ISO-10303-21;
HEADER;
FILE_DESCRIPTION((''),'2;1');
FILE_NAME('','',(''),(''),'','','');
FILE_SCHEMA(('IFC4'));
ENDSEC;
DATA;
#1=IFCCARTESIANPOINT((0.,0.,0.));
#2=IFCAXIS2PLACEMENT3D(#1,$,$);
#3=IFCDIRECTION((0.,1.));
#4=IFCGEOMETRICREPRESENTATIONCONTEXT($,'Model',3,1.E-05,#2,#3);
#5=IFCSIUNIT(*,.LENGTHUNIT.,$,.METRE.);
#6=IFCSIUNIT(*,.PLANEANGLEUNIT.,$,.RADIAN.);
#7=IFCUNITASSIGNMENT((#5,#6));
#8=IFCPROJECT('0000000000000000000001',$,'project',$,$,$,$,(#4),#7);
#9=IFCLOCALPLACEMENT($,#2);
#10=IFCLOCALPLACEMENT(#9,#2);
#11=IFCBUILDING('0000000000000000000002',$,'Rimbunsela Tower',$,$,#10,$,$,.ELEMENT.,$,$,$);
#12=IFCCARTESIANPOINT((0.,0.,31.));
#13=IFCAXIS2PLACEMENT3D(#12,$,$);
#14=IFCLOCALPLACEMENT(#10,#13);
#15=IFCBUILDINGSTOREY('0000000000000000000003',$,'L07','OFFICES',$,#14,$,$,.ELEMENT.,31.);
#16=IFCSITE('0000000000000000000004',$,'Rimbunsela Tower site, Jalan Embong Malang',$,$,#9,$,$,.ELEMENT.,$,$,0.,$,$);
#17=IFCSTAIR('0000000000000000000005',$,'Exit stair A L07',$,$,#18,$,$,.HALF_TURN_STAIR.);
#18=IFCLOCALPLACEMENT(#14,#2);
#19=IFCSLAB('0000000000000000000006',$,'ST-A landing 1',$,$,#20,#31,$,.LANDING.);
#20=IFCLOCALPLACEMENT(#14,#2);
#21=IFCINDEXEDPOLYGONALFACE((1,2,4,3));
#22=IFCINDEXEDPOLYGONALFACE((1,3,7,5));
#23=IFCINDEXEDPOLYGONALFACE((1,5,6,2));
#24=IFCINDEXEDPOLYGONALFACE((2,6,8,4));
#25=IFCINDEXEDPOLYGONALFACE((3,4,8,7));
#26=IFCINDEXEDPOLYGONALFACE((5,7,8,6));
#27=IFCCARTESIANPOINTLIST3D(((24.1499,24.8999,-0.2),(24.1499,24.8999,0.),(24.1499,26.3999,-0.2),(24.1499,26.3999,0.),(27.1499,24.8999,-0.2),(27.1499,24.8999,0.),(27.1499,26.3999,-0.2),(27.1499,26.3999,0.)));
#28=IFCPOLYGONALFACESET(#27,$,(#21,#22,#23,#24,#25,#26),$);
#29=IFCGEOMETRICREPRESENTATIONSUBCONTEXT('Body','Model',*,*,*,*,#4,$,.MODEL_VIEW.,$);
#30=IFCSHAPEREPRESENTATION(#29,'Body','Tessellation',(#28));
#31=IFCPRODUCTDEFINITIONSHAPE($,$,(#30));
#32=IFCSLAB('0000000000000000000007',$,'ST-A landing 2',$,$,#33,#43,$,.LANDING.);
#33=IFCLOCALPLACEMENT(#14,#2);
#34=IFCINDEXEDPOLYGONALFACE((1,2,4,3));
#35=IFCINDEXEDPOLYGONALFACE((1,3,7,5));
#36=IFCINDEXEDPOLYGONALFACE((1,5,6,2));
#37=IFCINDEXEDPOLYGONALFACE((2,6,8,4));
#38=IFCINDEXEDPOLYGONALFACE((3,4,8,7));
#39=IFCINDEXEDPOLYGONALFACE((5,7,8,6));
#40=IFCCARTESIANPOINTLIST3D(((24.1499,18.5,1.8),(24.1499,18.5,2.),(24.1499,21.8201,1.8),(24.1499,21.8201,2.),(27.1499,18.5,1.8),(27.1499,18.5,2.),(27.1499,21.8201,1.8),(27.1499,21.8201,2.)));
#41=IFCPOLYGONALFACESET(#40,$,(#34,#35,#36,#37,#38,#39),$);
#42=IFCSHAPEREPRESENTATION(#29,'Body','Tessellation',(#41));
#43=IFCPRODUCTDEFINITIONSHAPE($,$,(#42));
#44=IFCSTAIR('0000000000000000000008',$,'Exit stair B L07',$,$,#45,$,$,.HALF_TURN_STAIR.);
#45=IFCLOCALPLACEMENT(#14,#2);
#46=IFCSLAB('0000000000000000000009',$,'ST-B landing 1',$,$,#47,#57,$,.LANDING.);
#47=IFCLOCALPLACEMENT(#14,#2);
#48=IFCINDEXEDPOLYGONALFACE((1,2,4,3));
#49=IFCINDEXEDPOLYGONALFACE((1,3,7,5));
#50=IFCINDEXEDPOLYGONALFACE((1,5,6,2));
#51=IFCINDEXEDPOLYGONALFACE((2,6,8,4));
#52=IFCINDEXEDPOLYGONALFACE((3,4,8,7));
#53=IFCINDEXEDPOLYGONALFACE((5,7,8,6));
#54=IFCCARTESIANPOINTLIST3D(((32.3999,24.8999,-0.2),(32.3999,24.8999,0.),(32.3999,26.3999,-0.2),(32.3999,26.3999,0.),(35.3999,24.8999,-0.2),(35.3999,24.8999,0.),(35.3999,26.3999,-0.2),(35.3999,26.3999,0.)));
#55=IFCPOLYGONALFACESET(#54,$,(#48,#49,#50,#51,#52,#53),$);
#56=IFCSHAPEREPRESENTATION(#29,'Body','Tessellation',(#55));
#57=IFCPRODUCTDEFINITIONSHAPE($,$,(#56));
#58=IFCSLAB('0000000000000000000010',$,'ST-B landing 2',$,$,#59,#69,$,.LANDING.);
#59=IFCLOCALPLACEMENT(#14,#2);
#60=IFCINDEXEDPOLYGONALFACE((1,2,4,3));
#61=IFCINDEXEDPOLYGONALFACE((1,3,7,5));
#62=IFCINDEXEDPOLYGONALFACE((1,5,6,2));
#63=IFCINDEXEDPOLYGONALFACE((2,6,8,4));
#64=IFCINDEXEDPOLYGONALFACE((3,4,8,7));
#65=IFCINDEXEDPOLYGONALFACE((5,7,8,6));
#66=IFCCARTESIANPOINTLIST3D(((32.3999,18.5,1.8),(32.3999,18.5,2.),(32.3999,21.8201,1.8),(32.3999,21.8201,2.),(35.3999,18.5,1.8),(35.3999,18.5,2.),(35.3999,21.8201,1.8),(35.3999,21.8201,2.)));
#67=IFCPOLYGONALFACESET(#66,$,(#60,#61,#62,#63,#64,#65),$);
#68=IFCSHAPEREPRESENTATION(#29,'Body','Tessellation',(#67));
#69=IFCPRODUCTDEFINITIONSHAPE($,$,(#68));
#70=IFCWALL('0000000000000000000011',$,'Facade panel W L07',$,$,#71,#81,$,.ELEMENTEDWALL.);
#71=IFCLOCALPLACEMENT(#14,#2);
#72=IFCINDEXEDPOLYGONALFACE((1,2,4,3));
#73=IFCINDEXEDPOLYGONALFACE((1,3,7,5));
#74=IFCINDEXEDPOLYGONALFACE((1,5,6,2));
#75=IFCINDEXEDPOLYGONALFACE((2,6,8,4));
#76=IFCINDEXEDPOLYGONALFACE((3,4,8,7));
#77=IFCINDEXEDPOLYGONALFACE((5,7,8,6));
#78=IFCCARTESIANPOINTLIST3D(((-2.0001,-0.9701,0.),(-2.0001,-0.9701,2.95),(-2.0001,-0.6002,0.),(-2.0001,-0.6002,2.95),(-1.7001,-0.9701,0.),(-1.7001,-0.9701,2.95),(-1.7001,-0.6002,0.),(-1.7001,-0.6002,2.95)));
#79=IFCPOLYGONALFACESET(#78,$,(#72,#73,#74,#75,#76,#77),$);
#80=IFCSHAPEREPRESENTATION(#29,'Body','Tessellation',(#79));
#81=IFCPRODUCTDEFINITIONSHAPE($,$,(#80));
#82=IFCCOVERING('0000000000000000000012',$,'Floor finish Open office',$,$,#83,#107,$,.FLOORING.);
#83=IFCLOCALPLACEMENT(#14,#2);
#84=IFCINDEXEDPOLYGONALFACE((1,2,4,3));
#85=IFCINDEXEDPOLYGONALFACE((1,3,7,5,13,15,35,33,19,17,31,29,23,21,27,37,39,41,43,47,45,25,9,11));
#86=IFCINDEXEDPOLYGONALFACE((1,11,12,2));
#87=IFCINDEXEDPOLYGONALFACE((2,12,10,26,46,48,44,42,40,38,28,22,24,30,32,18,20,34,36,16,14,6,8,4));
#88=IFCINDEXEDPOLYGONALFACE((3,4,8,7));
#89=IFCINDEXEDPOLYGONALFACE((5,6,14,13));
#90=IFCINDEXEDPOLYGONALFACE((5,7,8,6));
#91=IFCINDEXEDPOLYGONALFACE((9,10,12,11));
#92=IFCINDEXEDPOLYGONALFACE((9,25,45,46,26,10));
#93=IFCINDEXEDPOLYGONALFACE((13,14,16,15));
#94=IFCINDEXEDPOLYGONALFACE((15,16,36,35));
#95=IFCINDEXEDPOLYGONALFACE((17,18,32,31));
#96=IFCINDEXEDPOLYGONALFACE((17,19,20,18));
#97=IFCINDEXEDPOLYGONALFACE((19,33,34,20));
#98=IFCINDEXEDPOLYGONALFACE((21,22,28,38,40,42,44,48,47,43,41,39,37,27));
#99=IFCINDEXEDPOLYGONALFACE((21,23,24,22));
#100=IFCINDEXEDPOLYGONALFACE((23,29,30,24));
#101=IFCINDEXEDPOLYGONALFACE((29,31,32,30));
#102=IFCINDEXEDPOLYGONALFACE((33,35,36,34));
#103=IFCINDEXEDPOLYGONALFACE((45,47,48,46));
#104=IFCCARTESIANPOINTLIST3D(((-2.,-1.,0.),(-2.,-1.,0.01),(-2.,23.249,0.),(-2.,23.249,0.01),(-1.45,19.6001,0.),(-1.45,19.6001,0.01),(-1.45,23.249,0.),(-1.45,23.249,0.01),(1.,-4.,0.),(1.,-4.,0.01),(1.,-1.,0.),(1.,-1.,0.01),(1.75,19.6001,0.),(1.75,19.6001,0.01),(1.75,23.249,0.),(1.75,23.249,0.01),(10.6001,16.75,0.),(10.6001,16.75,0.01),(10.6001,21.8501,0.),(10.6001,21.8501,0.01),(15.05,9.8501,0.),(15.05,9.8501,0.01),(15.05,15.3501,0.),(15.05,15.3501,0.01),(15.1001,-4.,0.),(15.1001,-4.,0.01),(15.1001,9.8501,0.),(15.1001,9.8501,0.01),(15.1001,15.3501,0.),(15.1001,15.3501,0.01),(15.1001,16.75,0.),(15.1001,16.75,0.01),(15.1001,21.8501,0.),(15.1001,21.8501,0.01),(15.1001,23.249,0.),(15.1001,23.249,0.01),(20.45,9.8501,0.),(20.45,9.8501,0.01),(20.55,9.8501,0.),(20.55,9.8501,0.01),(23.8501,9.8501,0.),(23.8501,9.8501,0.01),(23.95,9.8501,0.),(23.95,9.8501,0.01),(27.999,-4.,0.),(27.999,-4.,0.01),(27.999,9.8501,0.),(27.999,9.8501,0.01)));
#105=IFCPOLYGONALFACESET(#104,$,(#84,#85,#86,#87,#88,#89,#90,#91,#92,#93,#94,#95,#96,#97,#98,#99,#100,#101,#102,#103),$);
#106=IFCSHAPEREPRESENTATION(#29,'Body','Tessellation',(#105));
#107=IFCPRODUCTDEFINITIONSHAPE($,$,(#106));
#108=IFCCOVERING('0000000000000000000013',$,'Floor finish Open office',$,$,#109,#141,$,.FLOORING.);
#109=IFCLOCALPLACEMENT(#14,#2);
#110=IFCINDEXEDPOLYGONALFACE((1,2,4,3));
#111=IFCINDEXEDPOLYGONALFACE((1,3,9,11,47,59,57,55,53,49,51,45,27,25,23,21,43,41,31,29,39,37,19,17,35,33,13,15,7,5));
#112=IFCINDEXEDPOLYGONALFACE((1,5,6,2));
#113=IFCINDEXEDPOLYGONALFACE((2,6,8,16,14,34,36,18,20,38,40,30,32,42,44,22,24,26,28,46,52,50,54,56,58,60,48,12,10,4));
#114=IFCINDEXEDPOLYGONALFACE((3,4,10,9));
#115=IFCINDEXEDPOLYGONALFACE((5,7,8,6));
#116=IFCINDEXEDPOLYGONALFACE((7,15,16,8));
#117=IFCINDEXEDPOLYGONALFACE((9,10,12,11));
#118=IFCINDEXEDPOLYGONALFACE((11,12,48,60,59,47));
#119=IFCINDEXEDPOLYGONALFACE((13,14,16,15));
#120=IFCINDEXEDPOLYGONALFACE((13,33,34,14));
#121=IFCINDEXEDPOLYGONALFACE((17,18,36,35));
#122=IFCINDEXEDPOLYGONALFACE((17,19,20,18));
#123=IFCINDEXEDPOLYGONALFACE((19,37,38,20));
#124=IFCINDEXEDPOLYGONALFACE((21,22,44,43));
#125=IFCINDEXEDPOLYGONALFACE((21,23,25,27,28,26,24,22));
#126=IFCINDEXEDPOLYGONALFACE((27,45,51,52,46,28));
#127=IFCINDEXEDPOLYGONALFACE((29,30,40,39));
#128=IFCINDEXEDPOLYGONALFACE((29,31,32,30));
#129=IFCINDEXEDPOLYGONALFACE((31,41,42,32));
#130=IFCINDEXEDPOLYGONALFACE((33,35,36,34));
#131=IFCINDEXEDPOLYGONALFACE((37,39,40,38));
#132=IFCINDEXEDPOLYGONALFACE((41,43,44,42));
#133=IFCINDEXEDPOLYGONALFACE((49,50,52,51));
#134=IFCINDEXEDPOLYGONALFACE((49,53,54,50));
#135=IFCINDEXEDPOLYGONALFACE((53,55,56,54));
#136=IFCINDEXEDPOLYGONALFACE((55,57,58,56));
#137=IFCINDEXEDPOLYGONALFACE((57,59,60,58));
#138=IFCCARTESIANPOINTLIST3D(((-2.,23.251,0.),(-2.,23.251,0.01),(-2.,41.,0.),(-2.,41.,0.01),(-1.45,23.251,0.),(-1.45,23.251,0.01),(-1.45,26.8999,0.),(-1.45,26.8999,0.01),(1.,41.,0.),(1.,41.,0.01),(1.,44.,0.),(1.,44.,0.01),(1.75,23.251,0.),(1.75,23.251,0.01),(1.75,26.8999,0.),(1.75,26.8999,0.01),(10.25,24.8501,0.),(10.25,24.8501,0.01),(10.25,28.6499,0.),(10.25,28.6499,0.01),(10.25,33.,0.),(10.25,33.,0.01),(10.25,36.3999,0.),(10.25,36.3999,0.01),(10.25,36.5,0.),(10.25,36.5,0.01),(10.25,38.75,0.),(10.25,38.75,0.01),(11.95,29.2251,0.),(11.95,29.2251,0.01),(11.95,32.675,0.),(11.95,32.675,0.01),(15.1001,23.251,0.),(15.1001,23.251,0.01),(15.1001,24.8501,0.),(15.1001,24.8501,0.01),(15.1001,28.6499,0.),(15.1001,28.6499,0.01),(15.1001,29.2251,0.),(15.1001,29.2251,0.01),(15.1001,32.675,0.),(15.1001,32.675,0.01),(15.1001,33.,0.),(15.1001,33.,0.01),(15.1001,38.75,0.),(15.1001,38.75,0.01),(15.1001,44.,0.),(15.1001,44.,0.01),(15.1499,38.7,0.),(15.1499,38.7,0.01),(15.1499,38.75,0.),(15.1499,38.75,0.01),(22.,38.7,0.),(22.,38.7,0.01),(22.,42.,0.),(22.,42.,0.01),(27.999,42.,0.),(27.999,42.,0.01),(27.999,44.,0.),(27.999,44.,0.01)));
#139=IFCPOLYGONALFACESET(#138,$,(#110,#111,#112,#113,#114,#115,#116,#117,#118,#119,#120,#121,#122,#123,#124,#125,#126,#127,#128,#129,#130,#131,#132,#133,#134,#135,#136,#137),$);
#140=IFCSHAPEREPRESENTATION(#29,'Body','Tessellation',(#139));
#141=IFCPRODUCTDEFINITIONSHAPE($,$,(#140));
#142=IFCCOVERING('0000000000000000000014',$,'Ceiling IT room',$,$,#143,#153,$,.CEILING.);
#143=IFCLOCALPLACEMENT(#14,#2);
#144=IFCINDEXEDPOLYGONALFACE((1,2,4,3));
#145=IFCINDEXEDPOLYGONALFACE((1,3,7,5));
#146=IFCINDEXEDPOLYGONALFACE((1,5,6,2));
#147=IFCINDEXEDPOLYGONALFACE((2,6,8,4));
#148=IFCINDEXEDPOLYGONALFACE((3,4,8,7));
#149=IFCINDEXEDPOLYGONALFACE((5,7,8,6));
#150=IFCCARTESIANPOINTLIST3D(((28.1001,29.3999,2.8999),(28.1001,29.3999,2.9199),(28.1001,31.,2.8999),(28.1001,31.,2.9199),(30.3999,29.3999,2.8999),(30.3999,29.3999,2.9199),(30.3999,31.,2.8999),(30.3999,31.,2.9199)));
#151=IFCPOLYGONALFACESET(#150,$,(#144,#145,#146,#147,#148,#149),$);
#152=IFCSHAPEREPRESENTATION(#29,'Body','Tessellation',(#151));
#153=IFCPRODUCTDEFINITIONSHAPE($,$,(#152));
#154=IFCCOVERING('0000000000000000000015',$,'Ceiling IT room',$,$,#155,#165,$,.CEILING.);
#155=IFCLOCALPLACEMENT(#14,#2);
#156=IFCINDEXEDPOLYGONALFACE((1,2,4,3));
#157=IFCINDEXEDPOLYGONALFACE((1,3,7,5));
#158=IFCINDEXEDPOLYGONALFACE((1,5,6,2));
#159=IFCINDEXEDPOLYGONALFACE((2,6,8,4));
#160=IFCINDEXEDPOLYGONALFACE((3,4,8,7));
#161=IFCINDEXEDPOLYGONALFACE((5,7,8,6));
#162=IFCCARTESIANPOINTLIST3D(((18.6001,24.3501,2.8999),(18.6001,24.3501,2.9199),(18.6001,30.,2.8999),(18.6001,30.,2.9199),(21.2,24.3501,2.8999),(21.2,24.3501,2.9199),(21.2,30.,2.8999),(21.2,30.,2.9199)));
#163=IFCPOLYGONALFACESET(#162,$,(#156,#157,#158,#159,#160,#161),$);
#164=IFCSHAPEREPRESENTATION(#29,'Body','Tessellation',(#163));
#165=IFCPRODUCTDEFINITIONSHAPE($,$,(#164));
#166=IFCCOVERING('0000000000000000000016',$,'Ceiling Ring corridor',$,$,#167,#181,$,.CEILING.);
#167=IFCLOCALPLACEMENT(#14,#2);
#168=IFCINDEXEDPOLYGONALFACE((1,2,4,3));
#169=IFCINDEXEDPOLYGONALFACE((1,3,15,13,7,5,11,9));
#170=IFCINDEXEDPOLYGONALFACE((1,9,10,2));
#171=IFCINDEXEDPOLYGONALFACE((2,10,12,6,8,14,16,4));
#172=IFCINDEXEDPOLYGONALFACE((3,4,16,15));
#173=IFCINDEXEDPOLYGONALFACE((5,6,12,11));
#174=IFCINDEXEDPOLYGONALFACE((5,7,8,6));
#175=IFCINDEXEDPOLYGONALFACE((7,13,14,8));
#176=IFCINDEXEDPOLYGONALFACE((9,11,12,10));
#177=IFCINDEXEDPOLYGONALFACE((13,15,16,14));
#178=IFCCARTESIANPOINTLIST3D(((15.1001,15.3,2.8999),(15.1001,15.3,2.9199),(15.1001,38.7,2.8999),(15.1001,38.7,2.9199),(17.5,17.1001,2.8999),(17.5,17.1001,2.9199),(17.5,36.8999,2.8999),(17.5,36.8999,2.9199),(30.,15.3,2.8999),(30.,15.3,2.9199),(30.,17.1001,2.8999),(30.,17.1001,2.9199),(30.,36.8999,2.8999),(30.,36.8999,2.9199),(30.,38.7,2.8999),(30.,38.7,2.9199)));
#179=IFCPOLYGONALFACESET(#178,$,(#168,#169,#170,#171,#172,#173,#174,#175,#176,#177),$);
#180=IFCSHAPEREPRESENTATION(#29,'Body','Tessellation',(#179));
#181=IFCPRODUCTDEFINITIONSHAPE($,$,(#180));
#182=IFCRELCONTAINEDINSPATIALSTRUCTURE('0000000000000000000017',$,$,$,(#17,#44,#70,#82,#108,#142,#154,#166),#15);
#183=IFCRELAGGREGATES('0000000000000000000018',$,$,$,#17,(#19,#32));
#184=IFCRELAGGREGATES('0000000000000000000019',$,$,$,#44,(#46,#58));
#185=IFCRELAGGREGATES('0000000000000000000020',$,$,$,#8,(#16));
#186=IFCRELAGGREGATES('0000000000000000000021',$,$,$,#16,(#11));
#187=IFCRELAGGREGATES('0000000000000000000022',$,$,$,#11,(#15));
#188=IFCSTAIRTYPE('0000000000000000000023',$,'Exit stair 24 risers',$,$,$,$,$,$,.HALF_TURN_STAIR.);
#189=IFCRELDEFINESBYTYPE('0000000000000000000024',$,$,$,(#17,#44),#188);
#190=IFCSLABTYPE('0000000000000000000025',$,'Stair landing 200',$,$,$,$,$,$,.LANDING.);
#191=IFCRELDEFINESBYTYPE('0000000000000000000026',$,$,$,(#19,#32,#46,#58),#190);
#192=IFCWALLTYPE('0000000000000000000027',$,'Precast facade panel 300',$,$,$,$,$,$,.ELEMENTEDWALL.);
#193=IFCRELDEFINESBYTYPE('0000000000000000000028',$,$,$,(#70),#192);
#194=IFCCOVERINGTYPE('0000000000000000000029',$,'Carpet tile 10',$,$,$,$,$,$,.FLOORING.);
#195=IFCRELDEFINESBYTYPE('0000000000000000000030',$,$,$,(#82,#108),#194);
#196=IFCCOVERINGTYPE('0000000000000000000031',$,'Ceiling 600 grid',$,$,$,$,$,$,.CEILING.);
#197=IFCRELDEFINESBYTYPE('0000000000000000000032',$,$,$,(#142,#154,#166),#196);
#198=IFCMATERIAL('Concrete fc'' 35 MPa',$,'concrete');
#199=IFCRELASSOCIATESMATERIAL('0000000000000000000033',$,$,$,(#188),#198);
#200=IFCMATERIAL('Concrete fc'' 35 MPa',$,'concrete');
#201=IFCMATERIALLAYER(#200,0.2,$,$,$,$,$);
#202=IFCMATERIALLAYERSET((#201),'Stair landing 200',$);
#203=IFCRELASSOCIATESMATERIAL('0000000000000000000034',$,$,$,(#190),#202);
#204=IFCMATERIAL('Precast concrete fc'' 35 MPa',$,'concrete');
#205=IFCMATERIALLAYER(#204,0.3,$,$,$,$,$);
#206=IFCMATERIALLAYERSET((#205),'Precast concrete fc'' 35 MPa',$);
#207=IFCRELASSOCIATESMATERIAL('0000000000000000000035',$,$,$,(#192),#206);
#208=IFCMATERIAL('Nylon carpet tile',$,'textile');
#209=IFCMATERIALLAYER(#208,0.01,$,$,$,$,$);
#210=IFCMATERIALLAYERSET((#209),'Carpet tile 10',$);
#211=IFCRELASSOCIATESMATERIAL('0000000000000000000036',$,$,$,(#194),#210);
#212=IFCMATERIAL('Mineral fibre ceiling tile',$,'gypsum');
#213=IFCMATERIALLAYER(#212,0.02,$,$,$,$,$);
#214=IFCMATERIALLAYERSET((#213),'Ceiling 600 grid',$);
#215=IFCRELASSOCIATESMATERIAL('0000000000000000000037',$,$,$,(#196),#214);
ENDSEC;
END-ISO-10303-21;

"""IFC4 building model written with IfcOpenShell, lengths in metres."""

from ifc_helpers import new_model, si_unit, direction, frame, frame_2d, origin, place, context, subcontext, project, spatial, polyline, rectangle, outline, extrude, material, layer, layer_set, type_object, element, aggregate, save


model = new_model("IFC4")

# Units and contexts
model_context = context("Model", 3, precision=1e-05, world=origin(), true_north=direction((0.0, 1.0)))
body_context = subcontext(model_context, "Body", "Model", "MODEL_VIEW")
ifc_project = project(units=[si_unit("LENGTHUNIT", "METRE"), si_unit("PLANEANGLEUNIT", "RADIAN")], contexts=[model_context])

# Site, building, storey
site_placement = place(None, origin())
site = spatial("IfcSite", under=ifc_project, at=site_placement, Name="Rimbunsela Tower site, Jalan Embong Malang", CompositionType="ELEMENT", RefElevation=0.0)
building_placement = place(site_placement, origin())
building = spatial("IfcBuilding", under=site, at=building_placement, Name="Rimbunsela Tower", CompositionType="ELEMENT")
storey_placement = place(building_placement, frame((0.0, 0.0, 31.0)))
storey = spatial("IfcBuildingStorey", under=building, at=storey_placement, Name="L07", Description="OFFICES", CompositionType="ELEMENT", Elevation=31.0)

# Stairs, slabs
ifc_material_1 = material(Name="Concrete fc' 35 MPa", Category="concrete")
stair_type = type_object("IfcStairType", Name="Exit stair 24 risers", PredefinedType="HALF_TURN_STAIR", material=ifc_material_1)
stair_1_placement = place(storey_placement, origin())
stair_1 = element("IfcStair", 1, at=stair_1_placement, inside=storey, type_object=stair_type, Name="Exit stair A L07", PredefinedType="HALF_TURN_STAIR")
ifc_material_2 = material(Name="Concrete fc' 35 MPa", Category="concrete")
ifc_layer_1 = layer(ifc_material_2, 0.2)
ifc_layer_set_1 = layer_set([ifc_layer_1], Name="Stair landing 200")
slab_type_1 = type_object("IfcSlabType", Name="Stair landing 200", PredefinedType="LANDING", material=ifc_layer_set_1)
slab_1_placement = place(storey_placement, frame((0.0, 0.0, -0.2)))
slab_1 = element("IfcSlab", 2, at=slab_1_placement, type_object=slab_type_1, Name="ST-A landing 1", PredefinedType="LANDING", context=body_context, shape_type="SweptSolid", body=[
    extrude(outline(polyline([(24.1499, 24.8999), (27.1499, 24.8999), (27.1499, 26.3999), (24.1499, 26.3999), (24.1499, 24.8999)])), origin(), (0.0, 0.0, 1.0), 0.2),
])
slab_2_placement = place(storey_placement, frame((0.0, 0.0, 1.8)))
slab_2 = element("IfcSlab", 3, at=slab_2_placement, type_object=slab_type_1, Name="ST-A landing 2", PredefinedType="LANDING", context=body_context, shape_type="SweptSolid", body=[
    extrude(outline(polyline([(24.1499, 18.5), (27.1499, 18.5), (27.1499, 21.8201), (24.1499, 21.8201), (24.1499, 18.5)])), origin(), (0.0, 0.0, 1.0), 0.2),
])
aggregate(stair_1, [slab_1, slab_2])
stair_2_placement = place(storey_placement, origin())
stair_2 = element("IfcStair", 4, at=stair_2_placement, inside=storey, type_object=stair_type, Name="Exit stair B L07", PredefinedType="HALF_TURN_STAIR")
slab_3_placement = place(storey_placement, frame((0.0, 0.0, -0.2)))
slab_3 = element("IfcSlab", 5, at=slab_3_placement, type_object=slab_type_1, Name="ST-B landing 1", PredefinedType="LANDING", context=body_context, shape_type="SweptSolid", body=[
    extrude(outline(polyline([(32.3999, 24.8999), (35.3999, 24.8999), (35.3999, 26.3999), (32.3999, 26.3999), (32.3999, 24.8999)])), origin(), (0.0, 0.0, 1.0), 0.2),
])
slab_4_placement = place(storey_placement, frame((0.0, 0.0, 1.8)))
slab_4 = element("IfcSlab", 6, at=slab_4_placement, type_object=slab_type_1, Name="ST-B landing 2", PredefinedType="LANDING", context=body_context, shape_type="SweptSolid", body=[
    extrude(outline(polyline([(32.3999, 18.5), (35.3999, 18.5), (35.3999, 21.8201), (32.3999, 21.8201), (32.3999, 18.5)])), origin(), (0.0, 0.0, 1.0), 0.2),
])
aggregate(stair_2, [slab_3, slab_4])

# Wall
ifc_material_3 = material(Name="Precast concrete fc' 35 MPa", Category="concrete")
ifc_layer_2 = layer(ifc_material_3, 0.3)
ifc_layer_set_2 = layer_set([ifc_layer_2], Name="Precast concrete fc' 35 MPa")
wall_type = type_object("IfcWallType", Name="Precast facade panel 300", PredefinedType="ELEMENTEDWALL", material=ifc_layer_set_2)
wall_placement = place(storey_placement, frame((-1.8501, -0.6001, 0.0), z_axis=(0.0, 0.0, 1.0), x_axis=(0.0, -1.0, 0.0)))
element("IfcWall", 7, at=wall_placement, inside=storey, type_object=wall_type, Name="Facade panel W L07", PredefinedType="ELEMENTEDWALL", context=body_context, shape_type="SweptSolid", body=[
    extrude(rectangle(XDim=0.3699, YDim=0.3, at=frame_2d((0.1851, 0.0))), origin(), (0.0, 0.0, 1.0), 2.95),
])

# Coverings
ifc_material_4 = material(Name="Nylon carpet tile", Category="textile")
ifc_layer_3 = layer(ifc_material_4, 0.01)
ifc_layer_set_3 = layer_set([ifc_layer_3], Name="Carpet tile 10")
covering_type_1 = type_object("IfcCoveringType", Name="Carpet tile 10", PredefinedType="FLOORING", material=ifc_layer_set_3)
covering_1_placement = place(storey_placement, origin())
element("IfcCovering", 8, at=covering_1_placement, inside=storey, type_object=covering_type_1, Name="Floor finish Open office", PredefinedType="FLOORING", context=body_context, shape_type="SweptSolid", body=[
    extrude(outline(polyline([(20.55, 9.8501), (23.8501, 9.8501), (23.95, 9.8501), (27.999, 9.8501), (27.999, -4.0), (15.1001, -4.0), (1.0, -4.0), (1.0, -1.0), (-2.0, -1.0), (-2.0, 23.249), (-1.45, 23.249), (-1.45, 19.6001), (1.75, 19.6001), (1.75, 23.249), (15.1001, 23.249), (15.1001, 21.8501), (10.6001, 21.8501), (10.6001, 16.75), (15.1001, 16.75), (15.1001, 15.3501), (15.05, 15.3501), (15.05, 9.8501), (15.1001, 9.8501), (20.45, 9.8501), (20.55, 9.8501)])), origin(), (0.0, 0.0, 1.0), 0.01),
])
covering_2_placement = place(storey_placement, origin())
element("IfcCovering", 9, at=covering_2_placement, inside=storey, type_object=covering_type_1, Name="Floor finish Open office", PredefinedType="FLOORING", context=body_context, shape_type="SweptSolid", body=[
    extrude(outline(polyline([(10.25, 36.5), (10.25, 36.3999), (10.25, 33.0), (15.1001, 33.0), (15.1001, 32.675), (11.95, 32.675), (11.95, 29.2251), (15.1001, 29.2251), (15.1001, 28.6499), (10.25, 28.6499), (10.25, 24.8501), (15.1001, 24.8501), (15.1001, 23.251), (1.75, 23.251), (1.75, 26.8999), (-1.45, 26.8999), (-1.45, 23.251), (-2.0, 23.251), (-2.0, 41.0), (1.0, 41.0), (1.0, 44.0), (15.1001, 44.0), (27.999, 44.0), (27.999, 42.0), (22.0, 42.0), (22.0, 38.7), (15.1499, 38.7), (15.1499, 38.75), (15.1001, 38.75), (10.25, 38.75), (10.25, 36.5)])), origin(), (0.0, 0.0, 1.0), 0.01),
])
ifc_material_5 = material(Name="Mineral fibre ceiling tile", Category="gypsum")
ifc_layer_4 = layer(ifc_material_5, 0.02)
ifc_layer_set_4 = layer_set([ifc_layer_4], Name="Ceiling 600 grid")
covering_type_2 = type_object("IfcCoveringType", Name="Ceiling 600 grid", PredefinedType="CEILING", material=ifc_layer_set_4)
covering_3_placement = place(storey_placement, frame((0.0, 0.0, 2.8999)))
element("IfcCovering", 10, at=covering_3_placement, inside=storey, type_object=covering_type_2, Name="Ceiling IT room", PredefinedType="CEILING", context=body_context, shape_type="SweptSolid", body=[
    extrude(outline(polyline([(30.3999, 29.3999), (30.3999, 31.0), (28.1001, 31.0), (28.1001, 29.3999), (30.3999, 29.3999)])), origin(), (0.0, 0.0, 1.0), 0.02),
])
covering_4_placement = place(storey_placement, frame((0.0, 0.0, 2.8999)))
element("IfcCovering", 11, at=covering_4_placement, inside=storey, type_object=covering_type_2, Name="Ceiling IT room", PredefinedType="CEILING", context=body_context, shape_type="SweptSolid", body=[
    extrude(outline(polyline([(21.2, 24.3501), (21.2, 30.0), (18.6001, 30.0), (18.6001, 24.3501), (21.2, 24.3501)])), origin(), (0.0, 0.0, 1.0), 0.02),
])
covering_5_placement = place(storey_placement, frame((0.0, 0.0, 2.8999)))
element("IfcCovering", 12, at=covering_5_placement, inside=storey, type_object=covering_type_2, Name="Ceiling Ring corridor", PredefinedType="CEILING", context=body_context, shape_type="SweptSolid", body=[
    extrude(outline(polyline([(15.1001, 38.7), (30.0, 38.7), (30.0, 36.8999), (17.5, 36.8999), (17.5, 17.1001), (30.0, 17.1001), (30.0, 15.3), (15.1001, 15.3), (15.1001, 38.7)])), origin(), (0.0, 0.0, 1.0), 0.02),
])

save(model, "model.ifc")
